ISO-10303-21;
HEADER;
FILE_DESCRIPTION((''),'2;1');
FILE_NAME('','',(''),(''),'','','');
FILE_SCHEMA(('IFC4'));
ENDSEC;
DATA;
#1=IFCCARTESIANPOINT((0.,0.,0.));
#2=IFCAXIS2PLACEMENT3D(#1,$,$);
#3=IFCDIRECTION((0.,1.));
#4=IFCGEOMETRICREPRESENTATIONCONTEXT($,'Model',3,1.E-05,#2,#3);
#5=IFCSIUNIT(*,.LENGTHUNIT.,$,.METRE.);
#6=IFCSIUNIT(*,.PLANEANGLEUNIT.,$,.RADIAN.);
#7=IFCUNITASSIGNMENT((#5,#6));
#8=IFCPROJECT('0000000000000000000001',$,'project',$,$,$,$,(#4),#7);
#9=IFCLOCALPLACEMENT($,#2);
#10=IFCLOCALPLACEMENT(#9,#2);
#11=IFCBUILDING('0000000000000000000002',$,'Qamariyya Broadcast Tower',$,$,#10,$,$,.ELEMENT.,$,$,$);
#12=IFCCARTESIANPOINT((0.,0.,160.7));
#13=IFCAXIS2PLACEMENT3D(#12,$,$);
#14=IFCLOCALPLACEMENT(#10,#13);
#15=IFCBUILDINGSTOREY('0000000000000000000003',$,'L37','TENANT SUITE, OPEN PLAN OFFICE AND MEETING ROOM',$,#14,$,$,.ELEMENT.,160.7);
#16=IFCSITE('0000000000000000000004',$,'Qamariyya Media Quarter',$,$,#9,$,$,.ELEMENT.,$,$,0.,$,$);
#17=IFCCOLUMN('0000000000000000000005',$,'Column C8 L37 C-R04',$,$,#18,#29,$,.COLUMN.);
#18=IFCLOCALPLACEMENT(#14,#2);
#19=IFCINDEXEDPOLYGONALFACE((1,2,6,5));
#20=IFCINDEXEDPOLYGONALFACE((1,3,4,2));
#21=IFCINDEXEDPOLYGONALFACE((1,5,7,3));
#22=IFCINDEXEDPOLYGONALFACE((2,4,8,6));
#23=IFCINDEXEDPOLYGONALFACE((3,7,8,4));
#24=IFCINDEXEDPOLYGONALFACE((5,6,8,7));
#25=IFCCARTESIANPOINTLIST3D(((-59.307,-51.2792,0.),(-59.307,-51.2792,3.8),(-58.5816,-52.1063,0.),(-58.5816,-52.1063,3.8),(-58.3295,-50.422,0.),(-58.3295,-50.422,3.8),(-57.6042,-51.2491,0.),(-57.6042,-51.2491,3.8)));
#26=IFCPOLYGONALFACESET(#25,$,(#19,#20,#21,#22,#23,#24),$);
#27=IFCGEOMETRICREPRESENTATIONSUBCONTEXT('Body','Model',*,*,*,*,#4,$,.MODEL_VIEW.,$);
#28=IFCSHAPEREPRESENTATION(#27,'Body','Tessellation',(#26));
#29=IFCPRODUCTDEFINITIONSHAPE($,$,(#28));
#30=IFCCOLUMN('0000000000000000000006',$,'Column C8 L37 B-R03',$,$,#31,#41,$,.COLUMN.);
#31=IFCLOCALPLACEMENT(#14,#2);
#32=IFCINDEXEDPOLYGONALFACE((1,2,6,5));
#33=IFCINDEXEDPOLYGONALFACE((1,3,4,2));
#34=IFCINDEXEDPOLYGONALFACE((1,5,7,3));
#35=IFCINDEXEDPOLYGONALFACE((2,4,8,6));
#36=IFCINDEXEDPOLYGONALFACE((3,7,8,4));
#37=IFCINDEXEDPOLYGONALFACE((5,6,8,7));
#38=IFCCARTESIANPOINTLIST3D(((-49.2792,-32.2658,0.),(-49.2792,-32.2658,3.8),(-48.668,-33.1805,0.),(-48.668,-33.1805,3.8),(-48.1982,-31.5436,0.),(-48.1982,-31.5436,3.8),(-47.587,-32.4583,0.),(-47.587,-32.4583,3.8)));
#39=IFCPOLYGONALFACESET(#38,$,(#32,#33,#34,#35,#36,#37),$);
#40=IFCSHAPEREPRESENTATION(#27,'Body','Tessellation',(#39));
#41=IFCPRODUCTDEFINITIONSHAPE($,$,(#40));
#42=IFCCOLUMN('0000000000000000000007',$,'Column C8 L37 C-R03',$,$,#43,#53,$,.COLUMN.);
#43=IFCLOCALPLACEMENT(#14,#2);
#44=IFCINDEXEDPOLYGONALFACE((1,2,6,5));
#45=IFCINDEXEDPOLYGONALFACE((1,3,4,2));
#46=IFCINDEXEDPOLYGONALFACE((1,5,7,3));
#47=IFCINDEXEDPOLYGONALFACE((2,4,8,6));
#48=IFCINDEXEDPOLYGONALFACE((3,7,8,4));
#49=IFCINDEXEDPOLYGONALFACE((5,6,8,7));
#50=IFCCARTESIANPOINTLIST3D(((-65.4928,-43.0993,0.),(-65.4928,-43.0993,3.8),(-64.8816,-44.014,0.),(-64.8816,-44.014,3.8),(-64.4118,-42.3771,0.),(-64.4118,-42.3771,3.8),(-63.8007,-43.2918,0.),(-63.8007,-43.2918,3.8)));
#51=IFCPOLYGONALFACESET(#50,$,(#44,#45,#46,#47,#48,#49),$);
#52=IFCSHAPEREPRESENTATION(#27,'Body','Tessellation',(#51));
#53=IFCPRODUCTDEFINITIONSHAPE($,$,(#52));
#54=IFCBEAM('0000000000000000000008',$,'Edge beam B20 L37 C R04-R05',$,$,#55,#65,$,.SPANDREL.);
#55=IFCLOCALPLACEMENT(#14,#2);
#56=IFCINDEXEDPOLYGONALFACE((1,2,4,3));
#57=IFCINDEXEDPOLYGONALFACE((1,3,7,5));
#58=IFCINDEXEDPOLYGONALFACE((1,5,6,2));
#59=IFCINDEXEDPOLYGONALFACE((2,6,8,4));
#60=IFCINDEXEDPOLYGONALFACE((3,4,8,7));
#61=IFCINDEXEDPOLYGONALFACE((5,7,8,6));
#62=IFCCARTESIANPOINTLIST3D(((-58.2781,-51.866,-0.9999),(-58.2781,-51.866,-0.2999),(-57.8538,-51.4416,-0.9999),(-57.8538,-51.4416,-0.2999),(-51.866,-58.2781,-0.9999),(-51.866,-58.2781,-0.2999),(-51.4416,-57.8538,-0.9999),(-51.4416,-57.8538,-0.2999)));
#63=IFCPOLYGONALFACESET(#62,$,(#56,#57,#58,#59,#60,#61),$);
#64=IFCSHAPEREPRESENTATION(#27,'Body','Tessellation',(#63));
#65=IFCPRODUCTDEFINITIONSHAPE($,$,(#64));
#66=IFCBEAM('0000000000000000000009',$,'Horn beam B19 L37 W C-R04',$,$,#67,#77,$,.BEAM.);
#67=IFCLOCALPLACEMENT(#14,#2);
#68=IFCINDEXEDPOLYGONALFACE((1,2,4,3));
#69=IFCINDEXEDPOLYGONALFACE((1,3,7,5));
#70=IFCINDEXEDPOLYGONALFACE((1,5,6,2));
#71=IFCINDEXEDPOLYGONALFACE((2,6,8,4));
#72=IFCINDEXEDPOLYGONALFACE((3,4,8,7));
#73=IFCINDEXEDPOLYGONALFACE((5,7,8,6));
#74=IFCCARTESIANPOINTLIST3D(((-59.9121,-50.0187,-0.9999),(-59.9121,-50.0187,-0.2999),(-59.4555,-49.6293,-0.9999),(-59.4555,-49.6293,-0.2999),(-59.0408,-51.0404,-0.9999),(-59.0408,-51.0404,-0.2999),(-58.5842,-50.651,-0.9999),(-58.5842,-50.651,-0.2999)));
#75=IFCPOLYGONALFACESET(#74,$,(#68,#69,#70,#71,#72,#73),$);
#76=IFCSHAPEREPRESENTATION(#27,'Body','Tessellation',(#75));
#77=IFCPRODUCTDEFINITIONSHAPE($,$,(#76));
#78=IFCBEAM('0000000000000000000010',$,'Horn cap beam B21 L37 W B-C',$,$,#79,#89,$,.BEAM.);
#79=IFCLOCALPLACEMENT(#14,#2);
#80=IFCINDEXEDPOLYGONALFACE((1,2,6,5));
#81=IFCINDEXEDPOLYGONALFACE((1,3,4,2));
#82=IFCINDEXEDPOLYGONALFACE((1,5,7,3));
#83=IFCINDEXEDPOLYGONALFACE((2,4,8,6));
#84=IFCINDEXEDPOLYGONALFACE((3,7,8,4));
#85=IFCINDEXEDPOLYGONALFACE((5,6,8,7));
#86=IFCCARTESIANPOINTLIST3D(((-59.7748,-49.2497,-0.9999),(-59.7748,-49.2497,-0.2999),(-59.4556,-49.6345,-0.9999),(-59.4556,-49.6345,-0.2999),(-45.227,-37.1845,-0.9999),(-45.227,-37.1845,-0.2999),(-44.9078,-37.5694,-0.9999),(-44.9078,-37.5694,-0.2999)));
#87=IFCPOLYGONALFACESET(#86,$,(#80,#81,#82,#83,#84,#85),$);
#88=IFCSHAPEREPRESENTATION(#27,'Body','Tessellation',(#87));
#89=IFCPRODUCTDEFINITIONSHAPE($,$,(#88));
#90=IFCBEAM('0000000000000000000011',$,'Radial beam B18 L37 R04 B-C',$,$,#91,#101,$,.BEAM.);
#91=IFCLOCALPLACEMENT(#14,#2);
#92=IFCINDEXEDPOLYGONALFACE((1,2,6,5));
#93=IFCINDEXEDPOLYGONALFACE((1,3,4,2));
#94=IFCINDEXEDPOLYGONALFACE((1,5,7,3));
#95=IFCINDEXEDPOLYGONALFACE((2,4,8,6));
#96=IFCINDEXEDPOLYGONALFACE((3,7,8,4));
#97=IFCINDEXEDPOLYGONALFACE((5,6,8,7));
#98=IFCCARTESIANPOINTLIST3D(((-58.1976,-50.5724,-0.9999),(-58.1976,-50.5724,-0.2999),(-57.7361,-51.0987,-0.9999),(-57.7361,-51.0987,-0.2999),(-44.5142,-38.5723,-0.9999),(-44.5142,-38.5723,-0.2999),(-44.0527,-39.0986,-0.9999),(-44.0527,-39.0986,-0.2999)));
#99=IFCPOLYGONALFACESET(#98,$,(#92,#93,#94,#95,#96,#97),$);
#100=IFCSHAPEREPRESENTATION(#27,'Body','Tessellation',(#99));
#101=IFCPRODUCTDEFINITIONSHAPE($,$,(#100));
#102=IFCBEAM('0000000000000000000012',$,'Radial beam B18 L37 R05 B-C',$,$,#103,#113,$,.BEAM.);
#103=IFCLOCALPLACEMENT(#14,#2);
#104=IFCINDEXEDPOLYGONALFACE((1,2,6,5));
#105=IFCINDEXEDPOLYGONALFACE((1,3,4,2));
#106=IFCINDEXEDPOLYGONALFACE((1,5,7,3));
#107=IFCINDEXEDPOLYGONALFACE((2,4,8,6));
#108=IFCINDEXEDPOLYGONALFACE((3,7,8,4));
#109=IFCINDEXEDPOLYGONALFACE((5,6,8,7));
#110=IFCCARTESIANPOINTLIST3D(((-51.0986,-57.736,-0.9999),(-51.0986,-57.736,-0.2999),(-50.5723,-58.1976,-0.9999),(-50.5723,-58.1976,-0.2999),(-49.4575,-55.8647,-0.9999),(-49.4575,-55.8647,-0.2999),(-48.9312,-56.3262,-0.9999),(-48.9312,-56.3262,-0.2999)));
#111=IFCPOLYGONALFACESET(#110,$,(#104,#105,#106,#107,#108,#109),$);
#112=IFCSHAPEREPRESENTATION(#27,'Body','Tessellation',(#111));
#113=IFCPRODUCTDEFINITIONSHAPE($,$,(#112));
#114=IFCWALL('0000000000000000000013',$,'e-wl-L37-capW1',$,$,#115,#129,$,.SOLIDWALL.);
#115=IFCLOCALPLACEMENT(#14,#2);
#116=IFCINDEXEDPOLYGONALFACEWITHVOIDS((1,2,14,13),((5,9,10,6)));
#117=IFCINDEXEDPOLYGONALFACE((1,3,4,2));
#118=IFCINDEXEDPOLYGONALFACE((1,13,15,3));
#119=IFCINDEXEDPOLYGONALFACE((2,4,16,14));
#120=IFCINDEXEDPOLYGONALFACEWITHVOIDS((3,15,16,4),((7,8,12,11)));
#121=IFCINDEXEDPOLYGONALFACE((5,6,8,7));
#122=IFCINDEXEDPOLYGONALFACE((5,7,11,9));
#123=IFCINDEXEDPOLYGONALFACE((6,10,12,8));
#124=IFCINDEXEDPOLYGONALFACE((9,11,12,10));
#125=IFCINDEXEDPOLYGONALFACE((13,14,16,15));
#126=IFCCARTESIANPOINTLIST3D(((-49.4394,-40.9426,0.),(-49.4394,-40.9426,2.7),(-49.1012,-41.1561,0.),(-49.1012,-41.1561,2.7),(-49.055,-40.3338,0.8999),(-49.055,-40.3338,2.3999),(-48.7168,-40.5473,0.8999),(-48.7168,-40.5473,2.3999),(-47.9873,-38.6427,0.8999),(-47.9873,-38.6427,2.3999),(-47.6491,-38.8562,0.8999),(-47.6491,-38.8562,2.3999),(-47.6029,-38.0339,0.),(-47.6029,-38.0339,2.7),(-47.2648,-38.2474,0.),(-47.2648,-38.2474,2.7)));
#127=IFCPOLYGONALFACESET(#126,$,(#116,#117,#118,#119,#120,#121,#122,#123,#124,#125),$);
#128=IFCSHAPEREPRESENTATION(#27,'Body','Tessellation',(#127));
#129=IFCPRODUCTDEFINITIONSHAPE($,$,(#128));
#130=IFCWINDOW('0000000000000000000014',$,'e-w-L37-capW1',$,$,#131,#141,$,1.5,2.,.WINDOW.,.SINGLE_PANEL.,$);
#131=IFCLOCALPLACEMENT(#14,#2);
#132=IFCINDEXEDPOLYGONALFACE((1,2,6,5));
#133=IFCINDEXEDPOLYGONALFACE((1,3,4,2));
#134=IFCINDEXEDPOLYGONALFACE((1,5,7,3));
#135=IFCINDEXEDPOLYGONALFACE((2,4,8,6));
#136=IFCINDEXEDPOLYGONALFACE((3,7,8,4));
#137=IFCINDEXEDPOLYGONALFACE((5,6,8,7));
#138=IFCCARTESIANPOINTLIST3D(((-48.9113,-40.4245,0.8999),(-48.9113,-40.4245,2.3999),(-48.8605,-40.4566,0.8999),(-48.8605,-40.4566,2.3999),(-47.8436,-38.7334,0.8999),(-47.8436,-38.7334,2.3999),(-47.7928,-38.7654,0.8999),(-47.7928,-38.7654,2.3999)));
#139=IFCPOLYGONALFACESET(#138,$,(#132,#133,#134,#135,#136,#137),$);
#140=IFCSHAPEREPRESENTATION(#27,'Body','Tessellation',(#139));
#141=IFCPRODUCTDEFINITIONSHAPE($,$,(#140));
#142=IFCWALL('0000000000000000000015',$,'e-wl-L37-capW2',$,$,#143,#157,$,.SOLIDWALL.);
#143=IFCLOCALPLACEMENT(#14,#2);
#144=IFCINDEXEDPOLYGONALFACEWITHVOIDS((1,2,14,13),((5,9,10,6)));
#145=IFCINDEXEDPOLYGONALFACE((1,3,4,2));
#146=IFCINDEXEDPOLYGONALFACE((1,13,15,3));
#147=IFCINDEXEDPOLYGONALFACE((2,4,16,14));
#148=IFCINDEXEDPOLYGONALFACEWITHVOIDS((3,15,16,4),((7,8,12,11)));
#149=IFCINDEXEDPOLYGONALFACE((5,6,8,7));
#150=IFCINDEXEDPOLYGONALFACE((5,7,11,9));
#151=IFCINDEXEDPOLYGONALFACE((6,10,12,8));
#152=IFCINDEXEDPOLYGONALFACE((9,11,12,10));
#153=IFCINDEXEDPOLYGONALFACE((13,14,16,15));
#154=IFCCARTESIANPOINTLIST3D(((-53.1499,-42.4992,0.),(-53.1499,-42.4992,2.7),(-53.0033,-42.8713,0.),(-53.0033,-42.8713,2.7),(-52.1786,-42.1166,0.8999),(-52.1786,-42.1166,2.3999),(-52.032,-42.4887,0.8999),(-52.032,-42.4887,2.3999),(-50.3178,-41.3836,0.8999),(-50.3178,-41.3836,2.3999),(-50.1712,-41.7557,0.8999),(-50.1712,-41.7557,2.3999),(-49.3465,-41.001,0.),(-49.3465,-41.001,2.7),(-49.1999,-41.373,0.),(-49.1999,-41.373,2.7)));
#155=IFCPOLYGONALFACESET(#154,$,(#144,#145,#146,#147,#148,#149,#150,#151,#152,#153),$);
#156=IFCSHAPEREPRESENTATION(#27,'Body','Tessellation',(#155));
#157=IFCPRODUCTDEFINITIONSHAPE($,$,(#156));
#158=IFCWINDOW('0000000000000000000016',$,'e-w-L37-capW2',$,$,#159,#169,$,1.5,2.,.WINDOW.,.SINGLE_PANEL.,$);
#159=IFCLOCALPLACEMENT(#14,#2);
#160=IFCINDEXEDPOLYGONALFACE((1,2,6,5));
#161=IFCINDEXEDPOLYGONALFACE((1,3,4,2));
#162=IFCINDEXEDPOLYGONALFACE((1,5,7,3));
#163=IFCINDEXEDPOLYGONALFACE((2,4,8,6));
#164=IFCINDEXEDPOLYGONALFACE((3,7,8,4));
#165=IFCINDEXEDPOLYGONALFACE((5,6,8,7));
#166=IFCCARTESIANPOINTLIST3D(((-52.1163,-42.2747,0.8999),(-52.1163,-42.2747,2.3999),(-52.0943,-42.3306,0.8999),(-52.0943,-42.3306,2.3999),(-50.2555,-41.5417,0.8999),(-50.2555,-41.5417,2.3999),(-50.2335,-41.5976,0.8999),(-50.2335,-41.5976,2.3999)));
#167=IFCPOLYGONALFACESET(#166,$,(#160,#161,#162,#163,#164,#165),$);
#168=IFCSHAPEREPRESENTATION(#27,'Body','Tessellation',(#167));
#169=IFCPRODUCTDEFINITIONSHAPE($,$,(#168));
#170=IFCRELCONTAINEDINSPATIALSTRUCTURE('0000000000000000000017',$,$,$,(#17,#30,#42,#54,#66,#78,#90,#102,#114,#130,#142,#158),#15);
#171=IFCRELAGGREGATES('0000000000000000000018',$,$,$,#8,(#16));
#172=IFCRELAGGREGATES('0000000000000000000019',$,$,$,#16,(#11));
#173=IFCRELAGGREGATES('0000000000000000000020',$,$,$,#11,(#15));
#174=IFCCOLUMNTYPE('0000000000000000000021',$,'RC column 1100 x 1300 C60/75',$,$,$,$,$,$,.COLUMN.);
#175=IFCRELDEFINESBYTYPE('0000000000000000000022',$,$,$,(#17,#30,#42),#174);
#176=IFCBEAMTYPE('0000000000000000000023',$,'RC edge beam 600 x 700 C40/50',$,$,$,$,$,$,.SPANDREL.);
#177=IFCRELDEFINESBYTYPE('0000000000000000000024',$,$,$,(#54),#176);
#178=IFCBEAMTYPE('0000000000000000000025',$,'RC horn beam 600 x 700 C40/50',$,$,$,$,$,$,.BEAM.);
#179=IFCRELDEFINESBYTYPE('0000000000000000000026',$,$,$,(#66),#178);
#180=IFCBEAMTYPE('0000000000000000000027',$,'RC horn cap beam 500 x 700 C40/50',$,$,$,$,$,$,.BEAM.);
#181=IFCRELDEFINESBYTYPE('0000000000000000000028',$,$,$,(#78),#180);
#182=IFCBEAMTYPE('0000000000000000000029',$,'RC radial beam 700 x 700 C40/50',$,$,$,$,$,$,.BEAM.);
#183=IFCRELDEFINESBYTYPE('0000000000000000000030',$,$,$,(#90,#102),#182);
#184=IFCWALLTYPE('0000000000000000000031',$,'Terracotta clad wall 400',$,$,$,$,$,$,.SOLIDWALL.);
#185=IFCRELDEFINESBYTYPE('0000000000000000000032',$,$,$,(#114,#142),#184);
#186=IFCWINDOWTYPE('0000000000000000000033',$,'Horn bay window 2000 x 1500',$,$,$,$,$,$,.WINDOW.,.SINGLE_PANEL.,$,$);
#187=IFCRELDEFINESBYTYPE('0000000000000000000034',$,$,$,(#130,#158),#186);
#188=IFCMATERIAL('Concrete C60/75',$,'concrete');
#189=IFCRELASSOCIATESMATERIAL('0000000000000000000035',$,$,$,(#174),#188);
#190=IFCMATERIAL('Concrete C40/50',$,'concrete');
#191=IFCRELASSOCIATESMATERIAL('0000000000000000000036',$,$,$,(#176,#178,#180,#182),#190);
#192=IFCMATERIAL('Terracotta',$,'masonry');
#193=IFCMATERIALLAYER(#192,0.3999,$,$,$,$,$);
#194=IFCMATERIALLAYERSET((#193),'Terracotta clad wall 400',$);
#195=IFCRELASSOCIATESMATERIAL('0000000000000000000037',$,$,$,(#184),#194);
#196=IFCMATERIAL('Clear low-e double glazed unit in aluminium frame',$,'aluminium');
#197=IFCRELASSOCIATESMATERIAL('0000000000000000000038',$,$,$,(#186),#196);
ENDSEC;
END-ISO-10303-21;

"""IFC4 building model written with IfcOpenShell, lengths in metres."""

from ifc_helpers import new_model, si_unit, direction, frame, frame_2d, origin, origin_2d, place, context, subcontext, project, spatial, rectangle, extrude, material, layer, layer_set, material_profile, profile_set, type_object, element, fill, save


model = new_model("IFC4")

# Units and contexts
model_context = context("Model", 3, precision=1e-05, world=origin(), true_north=direction((0.0, 1.0)))
body_context = subcontext(model_context, "Body", "Model", "MODEL_VIEW")
ifc_project = project(units=[si_unit("LENGTHUNIT", "METRE"), si_unit("PLANEANGLEUNIT", "RADIAN")], contexts=[model_context])

# Site, building, storey
site_placement = place(None, origin())
site = spatial("IfcSite", under=ifc_project, at=site_placement, Name="Qamariyya Media Quarter", CompositionType="ELEMENT", RefElevation=0.0)
building_placement = place(site_placement, origin())
building = spatial("IfcBuilding", under=site, at=building_placement, Name="Qamariyya Broadcast Tower", CompositionType="ELEMENT")
storey_placement = place(building_placement, frame((0.0, 0.0, 160.7)))
storey = spatial("IfcBuildingStorey", under=building, at=storey_placement, Name="L37", Description="TENANT SUITE, OPEN PLAN OFFICE AND MEETING ROOM", CompositionType="ELEMENT", Elevation=160.7)

# Columns
ifc_material_1 = material(Name="Concrete C60/75", Category="concrete")
ifc_material_profile_1 = material_profile(ifc_material_1, rectangle(XDim=1.1001, YDim=1.3, at=origin_2d()))
ifc_profile_set_1 = profile_set([ifc_material_profile_1], Name="Concrete C60/75")
column_type = type_object("IfcColumnType", Name="RC column 1100 x 1300 C60/75", PredefinedType="COLUMN", material=ifc_profile_set_1)
for number, where, z_axis, x_axis, name in (
    (1, (-58.4556, -51.2642, 0.0), (0.0, 0.0, 1.0), (0.659346, -0.75184, 0.0), "Column C8 L37 C-R04"),
    (2, (-48.4331, -32.3621, 0.0), (0.0, 0.0, 1.0), (0.55557, -0.83147, 0.0), "Column C8 L37 B-R03"),
    (3, (-64.6467, -43.1956, 0.0), (0.0, 0.0, 1.0), (0.55557, -0.83147, 0.0), "Column C8 L37 C-R03"),
):
    element("IfcColumn", number, at=place(storey_placement, frame(where, z_axis=z_axis, x_axis=x_axis)), inside=storey, type_object=column_type, Name=name, PredefinedType="COLUMN", context=body_context, shape_type="SweptSolid", body=[
        extrude(rectangle(XDim=1.1001, YDim=1.3, at=origin_2d()), origin(), (0.0, 0.0, 1.0), 3.8),
    ])

# Beams
ifc_material_2 = material(Name="Concrete C40/50", Category="concrete")
ifc_material_profile_2 = material_profile(ifc_material_2, rectangle(XDim=0.6001, YDim=0.7, at=origin_2d()))
ifc_profile_set_2 = profile_set([ifc_material_profile_2], Name="Concrete C40/50")
beam_type_1 = type_object("IfcBeamType", Name="RC edge beam 600 x 700 C40/50", PredefinedType="SPANDREL", material=ifc_profile_set_2)
beam_1_placement = place(storey_placement, frame((-58.0659, -51.6538, -0.6499), z_axis=(0.707107, -0.707107, 0.0), x_axis=(0.707107, 0.707107, 0.0)))
element("IfcBeam", 4, at=beam_1_placement, inside=storey, type_object=beam_type_1, Name="Edge beam B20 L37 C R04-R05", PredefinedType="SPANDREL", context=body_context, shape_type="SweptSolid", body=[
    extrude(rectangle(XDim=0.6001, YDim=0.7, at=origin_2d()), origin(), (0.0, 0.0, 1.0), 9.0681),
])
ifc_material_profile_3 = material_profile(ifc_material_2, rectangle(XDim=0.6001, YDim=0.7, at=origin_2d()))
ifc_profile_set_3 = profile_set([ifc_material_profile_3], Name="Concrete C40/50")
beam_type_2 = type_object("IfcBeamType", Name="RC horn beam 600 x 700 C40/50", PredefinedType="BEAM", material=ifc_profile_set_3)
beam_2_placement = place(storey_placement, frame((-58.8125, -50.8457, -0.6499), z_axis=(-0.648888, 0.760884, 0.0), x_axis=(-0.760884, -0.648888, 0.0)))
element("IfcBeam", 5, at=beam_2_placement, inside=storey, type_object=beam_type_2, Name="Horn beam B19 L37 W C-R04", PredefinedType="BEAM", context=body_context, shape_type="SweptSolid", body=[
    extrude(rectangle(XDim=0.6001, YDim=0.7, at=origin_2d()), origin(), (0.0, 0.0, 1.0), 1.3428),
])
ifc_material_profile_4 = material_profile(ifc_material_2, rectangle(XDim=0.5, YDim=0.7, at=origin_2d()))
ifc_profile_set_4 = profile_set([ifc_material_profile_4], Name="Concrete C40/50")
beam_type_3 = type_object("IfcBeamType", Name="RC horn cap beam 500 x 700 C40/50", PredefinedType="BEAM", material=ifc_profile_set_4)
beam_3_placement = place(storey_placement, frame((-45.0674, -37.377, -0.6499), z_axis=(-0.769729, -0.638371, 0.0), x_axis=(0.638371, -0.769729, 0.0)))
element("IfcBeam", 6, at=beam_3_placement, inside=storey, type_object=beam_type_3, Name="Horn cap beam B21 L37 W B-C", PredefinedType="BEAM", context=body_context, shape_type="SweptSolid", body=[
    extrude(rectangle(XDim=0.5, YDim=0.7, at=origin_2d()), origin(), (0.0, 0.0, 1.0), 18.8999),
])
ifc_material_profile_5 = material_profile(ifc_material_2, rectangle(XDim=0.7, YDim=0.7, at=origin_2d()))
ifc_profile_set_5 = profile_set([ifc_material_profile_5], Name="Concrete C40/50")
beam_type_4 = type_object("IfcBeamType", Name="RC radial beam 700 x 700 C40/50", PredefinedType="BEAM", material=ifc_profile_set_5)
beam_4_placement = place(storey_placement, frame((-44.2834, -38.8354, -0.6499), z_axis=(-0.751839, -0.659347, 0.0), x_axis=(0.659347, -0.751839, 0.0)))
element("IfcBeam", 7, at=beam_4_placement, inside=storey, type_object=beam_type_4, Name="Radial beam B18 L37 R04 B-C", PredefinedType="BEAM", context=body_context, shape_type="SweptSolid", body=[
    extrude(rectangle(XDim=0.7, YDim=0.7, at=origin_2d()), origin(), (0.0, 0.0, 1.0), 18.2),
])
beam_5_placement = place(storey_placement, frame((-49.1943, -56.0955, -0.6499), z_axis=(-0.659344, -0.751841, 0.0), x_axis=(0.751841, -0.659344, 0.0)))
element("IfcBeam", 8, at=beam_5_placement, inside=storey, type_object=beam_type_4, Name="Radial beam B18 L37 R05 B-C", PredefinedType="BEAM", context=body_context, shape_type="SweptSolid", body=[
    extrude(rectangle(XDim=0.7, YDim=0.7, at=origin_2d()), origin(), (0.0, 0.0, 1.0), 2.489),
])

# Walls, openings, windows
ifc_material_3 = material(Name="Terracotta", Category="masonry")
ifc_layer = layer(ifc_material_3, 0.3999)
ifc_layer_set = layer_set([ifc_layer], Name="Terracotta clad wall 400")
wall_type = type_object("IfcWallType", Name="Terracotta clad wall 400", PredefinedType="SOLIDWALL", material=ifc_layer_set)
wall_1_placement = place(storey_placement, frame((-47.4338, -38.1406, 0.0), z_axis=(0.0, 0.0, 1.0), x_axis=(-0.533859, -0.845573, 0.0)))
wall_1 = element("IfcWall", 9, at=wall_1_placement, inside=storey, type_object=wall_type, Name="e-wl-L37-capW1", PredefinedType="SOLIDWALL", context=body_context, shape_type="SweptSolid", body=[
    extrude(rectangle(XDim=3.4399, YDim=0.3999, at=frame_2d((1.72, 0.0))), origin(), (0.0, 0.0, 1.0), 2.7),
])
opening_1_placement = place(wall_1_placement, frame((0.72, 0.0, 0.8999)))
opening_1 = element("IfcOpeningElement", 10, at=opening_1_placement, cuts=wall_1, PredefinedType="OPENING", context=body_context, shape_type="SweptSolid", body=[
    extrude(rectangle(XDim=2.0, YDim=1.5, at=frame_2d((1.0, 0.75))), frame((0.0, 0.21, 0.0), z_axis=(0.0, -1.0, 0.0), x_axis=(1.0, 0.0, 0.0)), (0.0, 0.0, 1.0), 0.4199),
])
ifc_material_4 = material(Name="Clear low-e double glazed unit in aluminium frame", Category="aluminium")
window_type = type_object("IfcWindowType", Name="Horn bay window 2000 x 1500", PartitioningType="SINGLE_PANEL", PredefinedType="WINDOW", material=ifc_material_4)
window_1_placement = place(opening_1_placement, origin())
window_1 = element("IfcWindow", 11, at=window_1_placement, inside=storey, type_object=window_type, Name="e-w-L37-capW1", OverallHeight=1.5, OverallWidth=2.0, PartitioningType="SINGLE_PANEL", PredefinedType="WINDOW", context=body_context, shape_type="SweptSolid", body=[
    extrude(rectangle(XDim=2.0, YDim=1.5, at=frame_2d((1.0, 0.75))), frame((0.0, 0.03, 0.0), z_axis=(0.0, -1.0, 0.0), x_axis=(1.0, 0.0, 0.0)), (0.0, 0.0, 1.0), 0.0601),
])
fill(opening_1, window_1)
wall_2_placement = place(storey_placement, frame((-49.2732, -41.187, 0.0), z_axis=(0.0, 0.0, 1.0), x_axis=(-0.930412, -0.366515, 0.0)))
wall_2 = element("IfcWall", 12, at=wall_2_placement, inside=storey, type_object=wall_type, Name="e-wl-L37-capW2", PredefinedType="SOLIDWALL", context=body_context, shape_type="SweptSolid", body=[
    extrude(rectangle(XDim=4.0879, YDim=0.3999, at=frame_2d((2.0439, 0.0))), origin(), (0.0, 0.0, 1.0), 2.7),
])
opening_2_placement = place(wall_2_placement, frame((1.0439, 0.0, 0.8999)))
opening_2 = element("IfcOpeningElement", 13, at=opening_2_placement, cuts=wall_2, PredefinedType="OPENING", context=body_context, shape_type="SweptSolid", body=[
    extrude(rectangle(XDim=2.0, YDim=1.5, at=frame_2d((1.0, 0.75))), frame((0.0, 0.21, 0.0), z_axis=(0.0, -1.0, 0.0), x_axis=(1.0, 0.0, 0.0)), (0.0, 0.0, 1.0), 0.4199),
])
window_2_placement = place(opening_2_placement, origin())
window_2 = element("IfcWindow", 14, at=window_2_placement, inside=storey, type_object=window_type, Name="e-w-L37-capW2", OverallHeight=1.5, OverallWidth=2.0, PartitioningType="SINGLE_PANEL", PredefinedType="WINDOW", context=body_context, shape_type="SweptSolid", body=[
    extrude(rectangle(XDim=2.0, YDim=1.5, at=frame_2d((1.0, 0.75))), frame((0.0, 0.03, 0.0), z_axis=(0.0, -1.0, 0.0), x_axis=(1.0, 0.0, 0.0)), (0.0, 0.0, 1.0), 0.0601),
])
fill(opening_2, window_2)

save(model, "model.ifc")
